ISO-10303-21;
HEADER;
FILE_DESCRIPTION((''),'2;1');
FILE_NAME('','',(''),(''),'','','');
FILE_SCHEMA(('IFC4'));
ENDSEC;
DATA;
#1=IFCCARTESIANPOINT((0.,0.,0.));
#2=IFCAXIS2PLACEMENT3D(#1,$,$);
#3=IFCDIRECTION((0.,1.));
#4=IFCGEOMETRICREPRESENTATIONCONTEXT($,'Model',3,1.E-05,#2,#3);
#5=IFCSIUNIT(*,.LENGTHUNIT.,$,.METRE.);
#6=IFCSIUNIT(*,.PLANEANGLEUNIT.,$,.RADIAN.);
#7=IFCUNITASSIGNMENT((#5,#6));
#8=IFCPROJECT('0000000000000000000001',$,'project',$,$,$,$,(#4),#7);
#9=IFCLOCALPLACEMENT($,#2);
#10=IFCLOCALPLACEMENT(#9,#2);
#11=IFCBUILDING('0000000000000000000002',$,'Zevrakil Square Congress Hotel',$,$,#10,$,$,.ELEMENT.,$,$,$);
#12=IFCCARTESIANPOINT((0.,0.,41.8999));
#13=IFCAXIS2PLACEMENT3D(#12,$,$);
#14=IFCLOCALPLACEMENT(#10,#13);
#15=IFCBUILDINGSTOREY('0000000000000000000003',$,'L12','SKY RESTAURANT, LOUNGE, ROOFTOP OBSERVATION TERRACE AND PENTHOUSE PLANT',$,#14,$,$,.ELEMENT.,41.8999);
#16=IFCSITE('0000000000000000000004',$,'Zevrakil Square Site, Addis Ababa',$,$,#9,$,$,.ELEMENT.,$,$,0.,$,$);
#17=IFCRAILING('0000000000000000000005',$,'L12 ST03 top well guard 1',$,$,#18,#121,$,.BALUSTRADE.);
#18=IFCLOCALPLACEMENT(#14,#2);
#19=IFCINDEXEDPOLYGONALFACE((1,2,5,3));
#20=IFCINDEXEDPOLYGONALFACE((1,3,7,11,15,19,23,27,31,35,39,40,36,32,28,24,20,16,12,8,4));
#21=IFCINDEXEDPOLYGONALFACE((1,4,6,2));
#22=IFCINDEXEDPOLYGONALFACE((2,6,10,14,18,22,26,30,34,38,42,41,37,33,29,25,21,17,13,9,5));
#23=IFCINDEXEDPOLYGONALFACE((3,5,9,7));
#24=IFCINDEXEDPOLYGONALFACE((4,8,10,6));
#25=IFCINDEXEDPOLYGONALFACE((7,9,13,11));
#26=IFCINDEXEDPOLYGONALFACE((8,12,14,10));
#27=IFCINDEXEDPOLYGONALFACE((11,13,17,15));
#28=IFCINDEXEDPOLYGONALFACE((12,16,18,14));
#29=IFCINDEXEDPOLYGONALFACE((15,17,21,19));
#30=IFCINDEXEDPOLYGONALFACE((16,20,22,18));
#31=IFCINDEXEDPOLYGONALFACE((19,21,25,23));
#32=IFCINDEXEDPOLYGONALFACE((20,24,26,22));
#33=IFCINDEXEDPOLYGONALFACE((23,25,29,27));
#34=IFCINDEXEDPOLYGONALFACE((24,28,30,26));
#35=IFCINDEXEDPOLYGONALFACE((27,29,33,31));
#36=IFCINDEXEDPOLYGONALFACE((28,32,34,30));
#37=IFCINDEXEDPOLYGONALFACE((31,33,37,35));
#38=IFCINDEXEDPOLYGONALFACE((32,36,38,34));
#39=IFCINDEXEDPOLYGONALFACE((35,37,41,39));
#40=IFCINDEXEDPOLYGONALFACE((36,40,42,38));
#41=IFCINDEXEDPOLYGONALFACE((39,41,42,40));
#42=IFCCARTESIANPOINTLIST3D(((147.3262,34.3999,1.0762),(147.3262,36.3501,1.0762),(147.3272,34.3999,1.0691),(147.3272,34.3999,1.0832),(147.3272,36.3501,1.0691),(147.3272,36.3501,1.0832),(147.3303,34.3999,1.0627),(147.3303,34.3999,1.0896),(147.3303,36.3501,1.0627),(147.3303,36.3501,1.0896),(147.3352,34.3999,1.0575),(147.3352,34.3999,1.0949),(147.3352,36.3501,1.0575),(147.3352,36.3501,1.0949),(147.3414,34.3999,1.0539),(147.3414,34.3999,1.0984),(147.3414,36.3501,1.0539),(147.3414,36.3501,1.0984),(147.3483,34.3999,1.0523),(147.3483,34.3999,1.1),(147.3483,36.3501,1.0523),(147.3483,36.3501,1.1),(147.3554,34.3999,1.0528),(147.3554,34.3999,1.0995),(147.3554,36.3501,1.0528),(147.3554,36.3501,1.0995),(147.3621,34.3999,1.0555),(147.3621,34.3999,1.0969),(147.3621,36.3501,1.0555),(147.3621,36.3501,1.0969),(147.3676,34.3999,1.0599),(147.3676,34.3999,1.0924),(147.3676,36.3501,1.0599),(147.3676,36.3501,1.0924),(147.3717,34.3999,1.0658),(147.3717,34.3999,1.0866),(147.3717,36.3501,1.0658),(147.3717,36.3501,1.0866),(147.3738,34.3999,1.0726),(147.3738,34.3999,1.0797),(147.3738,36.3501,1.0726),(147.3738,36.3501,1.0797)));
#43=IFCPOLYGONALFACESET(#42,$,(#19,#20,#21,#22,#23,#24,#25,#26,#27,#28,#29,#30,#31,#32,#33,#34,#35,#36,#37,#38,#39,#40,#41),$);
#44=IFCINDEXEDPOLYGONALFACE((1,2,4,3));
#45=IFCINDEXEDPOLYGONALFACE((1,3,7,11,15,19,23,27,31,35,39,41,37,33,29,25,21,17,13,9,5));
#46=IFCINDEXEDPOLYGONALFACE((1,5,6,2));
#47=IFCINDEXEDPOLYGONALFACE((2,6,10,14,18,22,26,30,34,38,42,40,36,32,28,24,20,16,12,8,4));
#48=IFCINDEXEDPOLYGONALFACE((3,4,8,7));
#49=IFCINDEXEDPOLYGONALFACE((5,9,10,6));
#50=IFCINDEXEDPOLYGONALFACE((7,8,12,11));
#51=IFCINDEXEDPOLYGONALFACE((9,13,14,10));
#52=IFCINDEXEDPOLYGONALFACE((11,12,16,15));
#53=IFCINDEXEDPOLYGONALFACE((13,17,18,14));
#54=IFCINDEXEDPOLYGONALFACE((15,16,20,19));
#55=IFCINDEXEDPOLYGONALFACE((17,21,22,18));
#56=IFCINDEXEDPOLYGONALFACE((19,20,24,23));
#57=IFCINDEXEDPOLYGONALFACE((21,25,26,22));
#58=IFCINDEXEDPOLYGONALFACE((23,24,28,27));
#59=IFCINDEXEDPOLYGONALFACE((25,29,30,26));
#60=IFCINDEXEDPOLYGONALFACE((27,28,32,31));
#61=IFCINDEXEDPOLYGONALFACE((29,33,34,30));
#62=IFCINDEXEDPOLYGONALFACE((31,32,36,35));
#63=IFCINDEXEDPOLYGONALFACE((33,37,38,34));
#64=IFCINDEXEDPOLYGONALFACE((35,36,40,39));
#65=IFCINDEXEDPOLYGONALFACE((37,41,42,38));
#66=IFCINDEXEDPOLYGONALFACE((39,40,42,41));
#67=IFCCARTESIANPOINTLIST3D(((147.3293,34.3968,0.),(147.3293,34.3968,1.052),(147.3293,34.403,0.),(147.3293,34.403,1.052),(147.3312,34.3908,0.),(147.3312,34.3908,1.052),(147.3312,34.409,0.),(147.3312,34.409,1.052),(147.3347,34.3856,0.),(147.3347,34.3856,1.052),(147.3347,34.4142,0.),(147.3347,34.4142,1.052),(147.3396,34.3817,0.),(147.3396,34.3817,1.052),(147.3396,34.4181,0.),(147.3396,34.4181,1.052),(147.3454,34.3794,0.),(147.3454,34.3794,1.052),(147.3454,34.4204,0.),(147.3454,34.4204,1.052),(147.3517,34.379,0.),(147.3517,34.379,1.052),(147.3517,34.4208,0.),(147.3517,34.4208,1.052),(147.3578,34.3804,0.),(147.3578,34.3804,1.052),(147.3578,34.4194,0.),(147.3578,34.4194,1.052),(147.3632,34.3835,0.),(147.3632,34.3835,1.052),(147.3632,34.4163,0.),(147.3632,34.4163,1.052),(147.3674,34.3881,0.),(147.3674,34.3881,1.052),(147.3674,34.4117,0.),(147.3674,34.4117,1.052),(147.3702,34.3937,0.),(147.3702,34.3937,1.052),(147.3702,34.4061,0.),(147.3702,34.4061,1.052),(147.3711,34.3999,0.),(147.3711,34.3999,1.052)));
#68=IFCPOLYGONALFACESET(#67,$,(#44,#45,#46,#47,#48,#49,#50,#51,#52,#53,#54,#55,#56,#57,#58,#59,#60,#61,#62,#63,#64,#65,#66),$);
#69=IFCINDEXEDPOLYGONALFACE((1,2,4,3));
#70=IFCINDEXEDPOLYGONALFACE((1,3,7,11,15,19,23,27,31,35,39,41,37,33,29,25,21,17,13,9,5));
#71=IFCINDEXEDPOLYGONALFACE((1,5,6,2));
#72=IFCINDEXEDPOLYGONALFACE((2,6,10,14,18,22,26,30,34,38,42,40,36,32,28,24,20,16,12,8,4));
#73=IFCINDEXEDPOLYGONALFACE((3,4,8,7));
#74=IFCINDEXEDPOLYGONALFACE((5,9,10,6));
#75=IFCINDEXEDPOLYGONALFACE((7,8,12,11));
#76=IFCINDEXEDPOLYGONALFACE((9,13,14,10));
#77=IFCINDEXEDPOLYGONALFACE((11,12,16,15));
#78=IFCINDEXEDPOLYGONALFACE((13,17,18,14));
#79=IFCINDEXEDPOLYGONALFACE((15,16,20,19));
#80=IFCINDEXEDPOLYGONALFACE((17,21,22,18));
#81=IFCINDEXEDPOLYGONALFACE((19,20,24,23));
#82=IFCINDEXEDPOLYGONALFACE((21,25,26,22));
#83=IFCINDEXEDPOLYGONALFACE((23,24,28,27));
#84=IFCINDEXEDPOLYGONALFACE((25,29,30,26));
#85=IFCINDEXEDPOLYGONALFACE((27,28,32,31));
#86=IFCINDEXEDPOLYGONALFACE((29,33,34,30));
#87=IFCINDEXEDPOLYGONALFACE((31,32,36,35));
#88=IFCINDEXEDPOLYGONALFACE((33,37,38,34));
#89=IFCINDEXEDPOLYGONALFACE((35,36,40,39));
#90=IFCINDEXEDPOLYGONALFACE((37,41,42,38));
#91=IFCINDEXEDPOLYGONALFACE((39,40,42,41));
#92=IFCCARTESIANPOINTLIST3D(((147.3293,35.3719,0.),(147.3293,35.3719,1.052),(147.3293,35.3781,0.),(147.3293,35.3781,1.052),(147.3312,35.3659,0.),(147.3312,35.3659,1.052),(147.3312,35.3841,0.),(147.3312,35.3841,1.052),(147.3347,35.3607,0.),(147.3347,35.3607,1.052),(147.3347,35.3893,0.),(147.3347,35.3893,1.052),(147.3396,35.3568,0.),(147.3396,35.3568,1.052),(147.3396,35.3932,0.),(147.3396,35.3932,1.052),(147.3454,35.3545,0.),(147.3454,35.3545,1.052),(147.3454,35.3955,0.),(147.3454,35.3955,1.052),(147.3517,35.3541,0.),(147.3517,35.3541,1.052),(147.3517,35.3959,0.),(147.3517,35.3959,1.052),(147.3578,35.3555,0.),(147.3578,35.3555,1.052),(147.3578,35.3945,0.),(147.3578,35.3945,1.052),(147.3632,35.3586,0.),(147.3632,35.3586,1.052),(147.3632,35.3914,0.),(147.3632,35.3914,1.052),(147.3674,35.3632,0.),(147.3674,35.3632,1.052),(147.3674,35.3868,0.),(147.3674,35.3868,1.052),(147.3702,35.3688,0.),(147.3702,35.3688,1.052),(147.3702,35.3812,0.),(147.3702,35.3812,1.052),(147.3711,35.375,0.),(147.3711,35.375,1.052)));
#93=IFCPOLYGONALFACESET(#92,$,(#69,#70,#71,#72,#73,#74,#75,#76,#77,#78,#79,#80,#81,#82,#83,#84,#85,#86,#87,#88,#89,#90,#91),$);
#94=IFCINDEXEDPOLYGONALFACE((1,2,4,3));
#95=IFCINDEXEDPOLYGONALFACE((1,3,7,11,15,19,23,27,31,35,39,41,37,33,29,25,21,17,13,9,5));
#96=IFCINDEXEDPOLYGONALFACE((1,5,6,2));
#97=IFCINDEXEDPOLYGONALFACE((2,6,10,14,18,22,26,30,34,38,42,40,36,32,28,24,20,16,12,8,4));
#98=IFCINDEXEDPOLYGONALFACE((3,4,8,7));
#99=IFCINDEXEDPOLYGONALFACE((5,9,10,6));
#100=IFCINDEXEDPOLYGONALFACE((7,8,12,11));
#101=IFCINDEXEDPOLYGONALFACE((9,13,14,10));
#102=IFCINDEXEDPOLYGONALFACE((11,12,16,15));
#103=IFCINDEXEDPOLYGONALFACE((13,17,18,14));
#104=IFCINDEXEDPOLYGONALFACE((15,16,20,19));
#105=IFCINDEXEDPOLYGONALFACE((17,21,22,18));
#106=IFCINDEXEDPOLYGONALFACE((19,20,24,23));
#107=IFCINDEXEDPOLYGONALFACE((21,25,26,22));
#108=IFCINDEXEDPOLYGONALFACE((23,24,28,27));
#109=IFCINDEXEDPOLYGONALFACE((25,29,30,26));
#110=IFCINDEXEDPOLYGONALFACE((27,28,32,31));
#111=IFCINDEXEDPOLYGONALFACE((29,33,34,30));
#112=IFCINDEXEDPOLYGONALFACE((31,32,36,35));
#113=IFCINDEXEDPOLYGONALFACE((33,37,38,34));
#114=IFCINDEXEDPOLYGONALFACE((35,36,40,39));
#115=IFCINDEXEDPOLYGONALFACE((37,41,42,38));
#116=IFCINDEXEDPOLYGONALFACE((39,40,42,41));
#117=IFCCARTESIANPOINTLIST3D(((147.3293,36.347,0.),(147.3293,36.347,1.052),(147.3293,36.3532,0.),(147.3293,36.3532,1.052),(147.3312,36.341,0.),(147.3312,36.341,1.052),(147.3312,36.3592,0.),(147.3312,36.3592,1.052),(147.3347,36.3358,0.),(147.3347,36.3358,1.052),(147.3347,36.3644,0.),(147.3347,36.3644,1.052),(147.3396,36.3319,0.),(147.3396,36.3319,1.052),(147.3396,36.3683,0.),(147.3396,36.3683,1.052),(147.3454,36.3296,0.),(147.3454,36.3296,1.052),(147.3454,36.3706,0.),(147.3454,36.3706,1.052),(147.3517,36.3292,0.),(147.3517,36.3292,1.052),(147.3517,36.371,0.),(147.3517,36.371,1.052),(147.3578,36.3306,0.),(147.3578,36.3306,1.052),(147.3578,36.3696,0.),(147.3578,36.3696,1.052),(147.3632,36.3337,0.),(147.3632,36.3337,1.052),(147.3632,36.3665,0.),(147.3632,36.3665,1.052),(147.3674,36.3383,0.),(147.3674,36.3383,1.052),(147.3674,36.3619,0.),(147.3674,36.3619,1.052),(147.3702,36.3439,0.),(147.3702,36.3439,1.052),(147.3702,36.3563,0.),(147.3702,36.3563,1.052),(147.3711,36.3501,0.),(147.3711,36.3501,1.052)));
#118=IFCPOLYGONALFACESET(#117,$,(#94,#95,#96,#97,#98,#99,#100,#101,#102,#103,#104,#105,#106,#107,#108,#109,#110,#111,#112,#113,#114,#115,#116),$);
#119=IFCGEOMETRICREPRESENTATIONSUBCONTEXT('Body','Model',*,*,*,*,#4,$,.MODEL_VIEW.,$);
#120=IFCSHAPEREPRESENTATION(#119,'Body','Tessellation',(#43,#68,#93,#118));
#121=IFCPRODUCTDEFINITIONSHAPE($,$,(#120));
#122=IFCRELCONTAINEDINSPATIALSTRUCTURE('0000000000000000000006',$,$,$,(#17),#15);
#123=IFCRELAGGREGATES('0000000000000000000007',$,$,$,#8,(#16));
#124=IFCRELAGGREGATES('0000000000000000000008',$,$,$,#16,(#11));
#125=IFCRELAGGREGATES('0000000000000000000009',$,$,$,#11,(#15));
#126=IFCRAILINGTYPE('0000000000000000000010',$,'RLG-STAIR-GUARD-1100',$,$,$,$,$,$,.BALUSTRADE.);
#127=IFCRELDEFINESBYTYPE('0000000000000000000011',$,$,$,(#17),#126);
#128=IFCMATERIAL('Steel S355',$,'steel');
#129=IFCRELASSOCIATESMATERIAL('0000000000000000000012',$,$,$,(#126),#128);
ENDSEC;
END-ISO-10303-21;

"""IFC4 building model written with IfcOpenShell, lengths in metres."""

from ifc_helpers import new_model, si_unit, direction, frame, origin, origin_2d, place, context, subcontext, project, spatial, circle, extrude, material, type_object, element, save


model = new_model("IFC4")

# Units and contexts
model_context = context("Model", 3, precision=1e-05, world=origin(), true_north=direction((0.0, 1.0)))
body_context = subcontext(model_context, "Body", "Model", "MODEL_VIEW")
ifc_project = project(units=[si_unit("LENGTHUNIT", "METRE"), si_unit("PLANEANGLEUNIT", "RADIAN")], contexts=[model_context])

# Site, building, storey
site_placement = place(None, origin())
site = spatial("IfcSite", under=ifc_project, at=site_placement, Name="Zevrakil Square Site, Addis Ababa", CompositionType="ELEMENT", RefElevation=0.0)
building_placement = place(site_placement, origin())
building = spatial("IfcBuilding", under=site, at=building_placement, Name="Zevrakil Square Congress Hotel", CompositionType="ELEMENT")
storey_placement = place(building_placement, frame((0.0, 0.0, 41.8999)))
storey = spatial("IfcBuildingStorey", under=building, at=storey_placement, Name="L12", Description="SKY RESTAURANT, LOUNGE, ROOFTOP OBSERVATION TERRACE AND PENTHOUSE PLANT", CompositionType="ELEMENT", Elevation=41.8999)

# Railing
ifc_material_1 = material(Name="Steel S355", Category="steel")
railing_type = type_object("IfcRailingType", Name="RLG-STAIR-GUARD-1100", PredefinedType="BALUSTRADE", material=ifc_material_1)
railing_placement = place(storey_placement, frame((147.3501, 34.3999, 0.0)))
element("IfcRailing", 1, at=railing_placement, inside=storey, type_object=railing_type, Name="L12 ST03 top well guard 1", PredefinedType="BALUSTRADE", context=body_context, shape_type="SweptSolid", body=[
    extrude(circle(Radius=0.0239, at=origin_2d()), frame((0.0, 0.0, 1.0762), z_axis=(0.0, 1.0, 0.0), x_axis=(-1.0, 0.0, 0.0)), (0.0, 0.0, 1.0), 1.9502),
    extrude(circle(Radius=0.021, at=origin_2d()), origin(), (0.0, 0.0, 1.0), 1.052),
    extrude(circle(Radius=0.021, at=origin_2d()), frame((0.0, 0.9751, 0.0)), (0.0, 0.0, 1.0), 1.052),
    extrude(circle(Radius=0.021, at=origin_2d()), frame((0.0, 1.9502, 0.0)), (0.0, 0.0, 1.0), 1.052),
])

save(model, "model.ifc")
